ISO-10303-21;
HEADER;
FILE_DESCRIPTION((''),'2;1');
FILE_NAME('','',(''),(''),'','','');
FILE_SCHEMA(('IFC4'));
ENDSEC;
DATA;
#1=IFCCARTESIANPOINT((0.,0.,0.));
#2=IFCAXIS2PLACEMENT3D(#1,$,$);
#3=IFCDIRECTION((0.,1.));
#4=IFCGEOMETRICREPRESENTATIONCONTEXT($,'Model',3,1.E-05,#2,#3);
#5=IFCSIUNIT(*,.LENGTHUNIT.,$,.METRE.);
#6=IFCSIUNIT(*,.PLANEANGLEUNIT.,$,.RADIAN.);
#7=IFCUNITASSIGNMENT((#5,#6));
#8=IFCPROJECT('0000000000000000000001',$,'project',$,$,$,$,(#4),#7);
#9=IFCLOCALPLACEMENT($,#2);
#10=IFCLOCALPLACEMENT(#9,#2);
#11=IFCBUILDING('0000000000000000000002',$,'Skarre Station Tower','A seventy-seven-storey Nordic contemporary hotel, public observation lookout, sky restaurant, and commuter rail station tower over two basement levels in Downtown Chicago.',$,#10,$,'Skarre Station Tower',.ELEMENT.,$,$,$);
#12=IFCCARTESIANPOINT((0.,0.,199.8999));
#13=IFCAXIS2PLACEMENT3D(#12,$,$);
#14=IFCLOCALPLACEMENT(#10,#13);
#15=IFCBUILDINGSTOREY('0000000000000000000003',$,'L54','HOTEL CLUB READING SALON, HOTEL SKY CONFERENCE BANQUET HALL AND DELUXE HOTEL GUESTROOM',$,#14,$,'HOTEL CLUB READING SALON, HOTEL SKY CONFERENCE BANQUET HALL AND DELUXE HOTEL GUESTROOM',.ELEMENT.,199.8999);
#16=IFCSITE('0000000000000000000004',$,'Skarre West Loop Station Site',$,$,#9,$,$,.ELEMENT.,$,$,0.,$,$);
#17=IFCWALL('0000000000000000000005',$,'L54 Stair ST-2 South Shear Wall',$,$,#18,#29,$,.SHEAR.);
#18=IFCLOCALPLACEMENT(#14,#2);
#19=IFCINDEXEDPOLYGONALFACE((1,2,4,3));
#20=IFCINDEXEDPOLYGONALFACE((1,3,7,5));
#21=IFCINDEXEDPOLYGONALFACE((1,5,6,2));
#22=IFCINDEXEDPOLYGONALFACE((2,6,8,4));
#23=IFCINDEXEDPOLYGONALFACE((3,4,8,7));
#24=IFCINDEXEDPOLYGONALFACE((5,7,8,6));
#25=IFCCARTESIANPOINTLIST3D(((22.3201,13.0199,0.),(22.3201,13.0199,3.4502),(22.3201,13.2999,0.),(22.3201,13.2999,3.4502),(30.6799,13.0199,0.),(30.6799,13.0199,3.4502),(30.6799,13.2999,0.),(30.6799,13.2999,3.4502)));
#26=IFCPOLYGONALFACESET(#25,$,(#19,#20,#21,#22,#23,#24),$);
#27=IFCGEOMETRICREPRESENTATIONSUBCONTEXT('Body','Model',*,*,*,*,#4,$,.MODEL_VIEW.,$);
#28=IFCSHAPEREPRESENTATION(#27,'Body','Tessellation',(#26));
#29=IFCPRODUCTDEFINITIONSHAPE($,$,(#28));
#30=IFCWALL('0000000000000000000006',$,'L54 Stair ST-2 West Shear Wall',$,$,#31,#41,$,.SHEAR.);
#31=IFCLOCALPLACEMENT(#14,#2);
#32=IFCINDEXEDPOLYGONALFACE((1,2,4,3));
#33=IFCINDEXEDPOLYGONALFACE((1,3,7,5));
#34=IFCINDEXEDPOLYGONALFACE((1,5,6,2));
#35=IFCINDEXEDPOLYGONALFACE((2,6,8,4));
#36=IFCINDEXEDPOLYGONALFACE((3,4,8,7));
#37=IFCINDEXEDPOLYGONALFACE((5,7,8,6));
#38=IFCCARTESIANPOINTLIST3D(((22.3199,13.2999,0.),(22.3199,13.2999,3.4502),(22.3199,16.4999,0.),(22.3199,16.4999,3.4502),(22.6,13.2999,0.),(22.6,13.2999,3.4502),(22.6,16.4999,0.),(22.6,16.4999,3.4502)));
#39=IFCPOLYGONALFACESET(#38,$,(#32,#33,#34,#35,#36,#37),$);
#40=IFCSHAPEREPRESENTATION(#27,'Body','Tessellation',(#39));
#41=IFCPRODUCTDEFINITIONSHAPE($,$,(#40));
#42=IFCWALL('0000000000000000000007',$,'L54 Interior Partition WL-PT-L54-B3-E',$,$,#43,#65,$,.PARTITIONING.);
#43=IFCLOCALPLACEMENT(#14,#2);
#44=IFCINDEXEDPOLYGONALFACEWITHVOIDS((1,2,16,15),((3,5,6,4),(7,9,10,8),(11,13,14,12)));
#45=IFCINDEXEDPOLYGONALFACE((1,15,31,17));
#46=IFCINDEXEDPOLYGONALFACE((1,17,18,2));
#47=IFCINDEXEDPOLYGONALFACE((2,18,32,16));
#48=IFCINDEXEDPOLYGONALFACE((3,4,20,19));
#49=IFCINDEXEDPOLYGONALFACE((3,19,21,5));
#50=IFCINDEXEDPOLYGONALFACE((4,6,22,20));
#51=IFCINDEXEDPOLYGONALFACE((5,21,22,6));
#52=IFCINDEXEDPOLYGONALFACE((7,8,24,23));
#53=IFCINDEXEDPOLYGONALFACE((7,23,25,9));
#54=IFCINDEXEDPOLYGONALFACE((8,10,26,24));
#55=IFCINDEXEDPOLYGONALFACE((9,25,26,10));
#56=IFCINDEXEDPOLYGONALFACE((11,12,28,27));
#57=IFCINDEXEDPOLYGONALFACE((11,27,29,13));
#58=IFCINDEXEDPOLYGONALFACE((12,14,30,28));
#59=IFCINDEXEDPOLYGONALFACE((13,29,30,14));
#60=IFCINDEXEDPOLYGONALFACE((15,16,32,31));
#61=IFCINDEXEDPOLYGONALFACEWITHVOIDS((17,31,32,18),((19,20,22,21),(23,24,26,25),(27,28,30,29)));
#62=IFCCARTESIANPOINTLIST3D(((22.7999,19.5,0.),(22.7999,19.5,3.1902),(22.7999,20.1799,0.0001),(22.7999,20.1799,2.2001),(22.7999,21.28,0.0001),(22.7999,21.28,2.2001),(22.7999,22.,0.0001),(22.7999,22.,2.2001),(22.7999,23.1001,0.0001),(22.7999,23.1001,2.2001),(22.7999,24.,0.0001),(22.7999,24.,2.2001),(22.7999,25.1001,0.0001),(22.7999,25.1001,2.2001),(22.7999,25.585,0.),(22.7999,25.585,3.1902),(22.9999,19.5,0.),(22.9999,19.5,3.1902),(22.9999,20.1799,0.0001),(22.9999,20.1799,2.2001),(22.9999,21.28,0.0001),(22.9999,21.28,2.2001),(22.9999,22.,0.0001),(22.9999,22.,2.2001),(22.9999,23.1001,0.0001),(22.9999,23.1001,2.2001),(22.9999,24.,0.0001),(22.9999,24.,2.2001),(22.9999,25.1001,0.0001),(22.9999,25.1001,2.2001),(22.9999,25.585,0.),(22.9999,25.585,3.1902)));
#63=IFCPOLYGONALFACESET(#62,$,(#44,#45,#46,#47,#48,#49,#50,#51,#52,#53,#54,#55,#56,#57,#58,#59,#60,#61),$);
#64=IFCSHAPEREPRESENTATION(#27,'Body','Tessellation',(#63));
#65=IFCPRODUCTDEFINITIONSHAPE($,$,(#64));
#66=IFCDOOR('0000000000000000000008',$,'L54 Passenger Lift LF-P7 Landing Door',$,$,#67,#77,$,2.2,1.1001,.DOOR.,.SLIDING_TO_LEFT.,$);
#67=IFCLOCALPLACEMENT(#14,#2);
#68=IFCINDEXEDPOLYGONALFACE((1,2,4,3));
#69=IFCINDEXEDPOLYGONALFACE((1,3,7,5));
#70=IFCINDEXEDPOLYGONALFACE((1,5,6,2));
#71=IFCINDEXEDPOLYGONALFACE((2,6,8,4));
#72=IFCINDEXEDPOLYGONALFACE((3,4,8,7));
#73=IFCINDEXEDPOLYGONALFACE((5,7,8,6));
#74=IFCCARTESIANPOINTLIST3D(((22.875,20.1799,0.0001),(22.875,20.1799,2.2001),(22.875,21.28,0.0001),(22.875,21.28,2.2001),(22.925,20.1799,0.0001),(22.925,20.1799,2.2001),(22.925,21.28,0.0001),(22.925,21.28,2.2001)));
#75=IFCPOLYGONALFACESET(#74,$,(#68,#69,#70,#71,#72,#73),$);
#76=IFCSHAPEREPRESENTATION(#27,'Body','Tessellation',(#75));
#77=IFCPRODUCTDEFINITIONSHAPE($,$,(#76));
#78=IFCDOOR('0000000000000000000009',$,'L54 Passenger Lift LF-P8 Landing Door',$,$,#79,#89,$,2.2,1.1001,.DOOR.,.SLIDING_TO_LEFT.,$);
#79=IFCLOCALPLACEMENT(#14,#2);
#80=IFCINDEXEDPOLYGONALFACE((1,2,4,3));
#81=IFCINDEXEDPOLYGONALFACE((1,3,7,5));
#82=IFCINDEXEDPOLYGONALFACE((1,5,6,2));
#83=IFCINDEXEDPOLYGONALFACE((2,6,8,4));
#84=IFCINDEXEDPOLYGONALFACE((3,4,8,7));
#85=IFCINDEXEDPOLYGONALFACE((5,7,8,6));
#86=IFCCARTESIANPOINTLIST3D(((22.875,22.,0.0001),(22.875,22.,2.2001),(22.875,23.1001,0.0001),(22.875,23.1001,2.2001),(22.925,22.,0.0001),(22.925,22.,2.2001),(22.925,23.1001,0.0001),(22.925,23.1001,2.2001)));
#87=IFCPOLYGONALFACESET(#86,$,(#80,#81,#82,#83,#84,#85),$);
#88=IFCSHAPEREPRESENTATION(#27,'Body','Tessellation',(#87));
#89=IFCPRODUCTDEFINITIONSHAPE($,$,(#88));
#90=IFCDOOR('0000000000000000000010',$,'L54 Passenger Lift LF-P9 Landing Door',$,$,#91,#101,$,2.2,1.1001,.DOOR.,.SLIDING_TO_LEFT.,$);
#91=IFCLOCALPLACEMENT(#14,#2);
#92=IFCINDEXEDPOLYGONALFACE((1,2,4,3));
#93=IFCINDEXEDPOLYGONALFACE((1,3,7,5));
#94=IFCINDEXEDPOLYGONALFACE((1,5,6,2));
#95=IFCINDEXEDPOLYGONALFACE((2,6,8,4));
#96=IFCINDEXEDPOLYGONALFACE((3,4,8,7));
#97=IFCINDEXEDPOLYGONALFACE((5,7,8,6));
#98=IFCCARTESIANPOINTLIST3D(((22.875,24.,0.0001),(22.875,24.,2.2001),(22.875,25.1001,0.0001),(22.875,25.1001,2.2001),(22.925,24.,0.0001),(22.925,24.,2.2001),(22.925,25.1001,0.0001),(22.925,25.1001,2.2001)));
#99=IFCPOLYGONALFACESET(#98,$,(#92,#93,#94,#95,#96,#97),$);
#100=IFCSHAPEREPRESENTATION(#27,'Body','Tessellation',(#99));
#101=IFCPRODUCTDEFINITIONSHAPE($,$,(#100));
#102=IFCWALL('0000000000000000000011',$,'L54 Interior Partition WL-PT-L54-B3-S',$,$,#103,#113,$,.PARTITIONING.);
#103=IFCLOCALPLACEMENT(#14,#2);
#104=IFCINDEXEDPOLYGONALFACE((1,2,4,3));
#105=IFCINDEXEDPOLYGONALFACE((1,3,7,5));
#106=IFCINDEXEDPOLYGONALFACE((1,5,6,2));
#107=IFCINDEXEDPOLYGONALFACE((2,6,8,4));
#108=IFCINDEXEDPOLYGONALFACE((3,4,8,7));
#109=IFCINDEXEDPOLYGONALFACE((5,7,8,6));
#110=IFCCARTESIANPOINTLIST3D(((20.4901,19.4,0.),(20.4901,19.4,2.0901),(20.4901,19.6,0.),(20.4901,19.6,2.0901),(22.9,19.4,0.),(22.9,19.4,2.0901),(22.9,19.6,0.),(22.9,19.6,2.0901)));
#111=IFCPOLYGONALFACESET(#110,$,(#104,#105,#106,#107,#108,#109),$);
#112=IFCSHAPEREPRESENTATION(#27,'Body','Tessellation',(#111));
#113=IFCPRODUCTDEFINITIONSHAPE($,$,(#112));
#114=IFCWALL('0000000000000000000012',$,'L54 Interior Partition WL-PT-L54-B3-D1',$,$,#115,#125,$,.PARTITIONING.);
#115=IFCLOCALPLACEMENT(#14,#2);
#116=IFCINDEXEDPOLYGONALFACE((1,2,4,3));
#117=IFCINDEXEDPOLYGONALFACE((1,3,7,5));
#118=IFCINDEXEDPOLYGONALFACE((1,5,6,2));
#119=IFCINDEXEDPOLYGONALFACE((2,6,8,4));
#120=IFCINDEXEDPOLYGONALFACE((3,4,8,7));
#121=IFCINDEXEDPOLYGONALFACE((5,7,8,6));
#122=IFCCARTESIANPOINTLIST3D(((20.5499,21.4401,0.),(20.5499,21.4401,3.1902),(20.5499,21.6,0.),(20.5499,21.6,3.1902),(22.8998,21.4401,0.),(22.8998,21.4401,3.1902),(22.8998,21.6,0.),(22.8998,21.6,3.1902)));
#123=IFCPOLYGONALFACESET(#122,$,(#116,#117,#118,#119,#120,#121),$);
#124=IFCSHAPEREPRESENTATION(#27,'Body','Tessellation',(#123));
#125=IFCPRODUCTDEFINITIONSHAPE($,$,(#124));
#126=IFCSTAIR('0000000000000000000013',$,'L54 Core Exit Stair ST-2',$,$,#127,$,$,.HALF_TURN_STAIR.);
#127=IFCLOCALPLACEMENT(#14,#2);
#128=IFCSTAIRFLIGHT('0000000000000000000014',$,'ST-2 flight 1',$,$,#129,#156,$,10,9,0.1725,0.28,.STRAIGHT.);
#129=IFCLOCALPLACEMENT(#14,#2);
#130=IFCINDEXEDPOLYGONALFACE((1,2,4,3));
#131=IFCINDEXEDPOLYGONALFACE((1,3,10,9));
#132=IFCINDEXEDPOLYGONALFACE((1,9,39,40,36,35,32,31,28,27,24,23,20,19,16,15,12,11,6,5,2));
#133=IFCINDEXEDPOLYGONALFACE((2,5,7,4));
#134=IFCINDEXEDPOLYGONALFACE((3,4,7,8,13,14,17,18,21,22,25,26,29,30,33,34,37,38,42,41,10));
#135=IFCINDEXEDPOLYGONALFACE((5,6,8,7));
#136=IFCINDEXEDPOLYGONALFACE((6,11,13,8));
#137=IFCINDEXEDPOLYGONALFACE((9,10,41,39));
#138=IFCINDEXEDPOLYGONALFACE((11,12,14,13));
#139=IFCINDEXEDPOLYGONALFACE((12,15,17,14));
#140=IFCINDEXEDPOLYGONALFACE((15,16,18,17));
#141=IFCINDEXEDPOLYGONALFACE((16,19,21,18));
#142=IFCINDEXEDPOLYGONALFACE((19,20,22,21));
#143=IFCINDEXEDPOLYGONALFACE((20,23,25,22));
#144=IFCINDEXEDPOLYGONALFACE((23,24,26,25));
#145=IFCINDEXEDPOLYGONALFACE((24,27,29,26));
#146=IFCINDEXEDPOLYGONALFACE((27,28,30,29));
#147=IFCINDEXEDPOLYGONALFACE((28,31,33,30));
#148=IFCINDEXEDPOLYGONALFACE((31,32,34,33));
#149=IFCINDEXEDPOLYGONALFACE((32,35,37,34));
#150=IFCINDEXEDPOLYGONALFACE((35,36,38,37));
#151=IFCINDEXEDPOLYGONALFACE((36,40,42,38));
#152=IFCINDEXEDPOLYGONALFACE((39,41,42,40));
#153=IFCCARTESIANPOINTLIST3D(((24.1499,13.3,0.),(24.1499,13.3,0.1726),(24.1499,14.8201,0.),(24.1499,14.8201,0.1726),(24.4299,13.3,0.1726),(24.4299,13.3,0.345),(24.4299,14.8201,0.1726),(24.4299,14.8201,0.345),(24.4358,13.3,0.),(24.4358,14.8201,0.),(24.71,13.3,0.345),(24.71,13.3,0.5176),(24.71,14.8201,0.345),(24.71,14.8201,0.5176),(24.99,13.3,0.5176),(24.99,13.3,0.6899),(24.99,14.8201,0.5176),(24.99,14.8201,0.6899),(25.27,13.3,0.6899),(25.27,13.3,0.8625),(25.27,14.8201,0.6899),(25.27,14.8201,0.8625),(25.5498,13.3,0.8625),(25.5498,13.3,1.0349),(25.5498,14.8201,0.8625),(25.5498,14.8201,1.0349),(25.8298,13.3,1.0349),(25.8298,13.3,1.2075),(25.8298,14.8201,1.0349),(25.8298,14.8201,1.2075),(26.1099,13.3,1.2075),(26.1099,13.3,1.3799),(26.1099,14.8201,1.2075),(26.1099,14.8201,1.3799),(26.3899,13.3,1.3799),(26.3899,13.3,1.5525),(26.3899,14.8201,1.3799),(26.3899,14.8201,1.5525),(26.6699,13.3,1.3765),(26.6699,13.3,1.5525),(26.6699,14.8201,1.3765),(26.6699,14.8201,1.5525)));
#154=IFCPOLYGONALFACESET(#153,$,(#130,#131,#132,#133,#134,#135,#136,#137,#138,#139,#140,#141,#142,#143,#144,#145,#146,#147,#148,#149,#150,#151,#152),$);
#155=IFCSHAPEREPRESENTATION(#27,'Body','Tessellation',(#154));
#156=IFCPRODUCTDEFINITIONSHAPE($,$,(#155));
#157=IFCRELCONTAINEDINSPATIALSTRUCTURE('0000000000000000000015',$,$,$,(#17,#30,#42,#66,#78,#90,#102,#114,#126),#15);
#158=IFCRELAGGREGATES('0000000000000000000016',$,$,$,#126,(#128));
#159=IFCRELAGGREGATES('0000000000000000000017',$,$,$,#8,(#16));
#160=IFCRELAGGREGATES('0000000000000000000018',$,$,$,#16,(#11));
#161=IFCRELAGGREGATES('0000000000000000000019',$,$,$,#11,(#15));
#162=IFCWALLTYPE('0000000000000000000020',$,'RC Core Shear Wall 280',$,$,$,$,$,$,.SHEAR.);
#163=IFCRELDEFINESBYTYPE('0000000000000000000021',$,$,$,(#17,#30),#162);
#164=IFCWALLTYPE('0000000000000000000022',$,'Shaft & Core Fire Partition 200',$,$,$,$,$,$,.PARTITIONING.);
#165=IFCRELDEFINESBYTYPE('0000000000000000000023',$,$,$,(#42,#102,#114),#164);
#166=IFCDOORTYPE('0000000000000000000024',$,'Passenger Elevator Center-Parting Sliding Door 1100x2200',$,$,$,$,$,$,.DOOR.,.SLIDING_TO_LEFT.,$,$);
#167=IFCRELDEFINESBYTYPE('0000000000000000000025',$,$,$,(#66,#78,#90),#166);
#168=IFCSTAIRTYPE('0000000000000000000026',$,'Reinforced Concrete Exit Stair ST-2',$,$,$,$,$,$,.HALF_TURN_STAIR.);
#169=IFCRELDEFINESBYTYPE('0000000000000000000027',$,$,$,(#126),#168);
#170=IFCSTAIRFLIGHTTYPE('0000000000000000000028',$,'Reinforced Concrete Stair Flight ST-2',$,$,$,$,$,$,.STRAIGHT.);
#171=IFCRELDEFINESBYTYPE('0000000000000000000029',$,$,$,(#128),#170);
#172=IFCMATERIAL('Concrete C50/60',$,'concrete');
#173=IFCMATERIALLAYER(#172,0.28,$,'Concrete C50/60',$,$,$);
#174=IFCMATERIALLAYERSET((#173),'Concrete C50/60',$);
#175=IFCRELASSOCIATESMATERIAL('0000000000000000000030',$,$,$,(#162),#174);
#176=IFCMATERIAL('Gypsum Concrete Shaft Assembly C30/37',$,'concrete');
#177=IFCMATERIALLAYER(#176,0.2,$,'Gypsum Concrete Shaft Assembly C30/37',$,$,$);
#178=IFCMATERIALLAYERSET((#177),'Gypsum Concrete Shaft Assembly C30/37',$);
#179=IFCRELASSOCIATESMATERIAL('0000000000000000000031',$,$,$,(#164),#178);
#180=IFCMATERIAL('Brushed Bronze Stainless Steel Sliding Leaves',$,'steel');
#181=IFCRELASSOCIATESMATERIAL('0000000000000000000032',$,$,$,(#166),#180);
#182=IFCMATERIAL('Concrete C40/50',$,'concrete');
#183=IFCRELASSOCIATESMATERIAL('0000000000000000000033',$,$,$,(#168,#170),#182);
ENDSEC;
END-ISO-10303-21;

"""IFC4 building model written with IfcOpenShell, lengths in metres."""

from ifc_helpers import new_model, si_unit, direction, frame, frame_2d, origin, place, context, subcontext, project, spatial, polyline, rectangle, outline, extrude, material, layer, layer_set, type_object, element, fill, aggregate, save


model = new_model("IFC4")

# Units and contexts
model_context = context("Model", 3, precision=1e-05, world=origin(), true_north=direction((0.0, 1.0)))
body_context = subcontext(model_context, "Body", "Model", "MODEL_VIEW")
ifc_project = project(units=[si_unit("LENGTHUNIT", "METRE"), si_unit("PLANEANGLEUNIT", "RADIAN")], contexts=[model_context])

# Site, building, storey
site_placement = place(None, origin())
site = spatial("IfcSite", under=ifc_project, at=site_placement, Name="Skarre West Loop Station Site", CompositionType="ELEMENT", RefElevation=0.0)
building_placement = place(site_placement, origin())
building = spatial("IfcBuilding", under=site, at=building_placement, Name="Skarre Station Tower", Description="A seventy-seven-storey Nordic contemporary hotel, public observation lookout, sky restaurant, and commuter rail station tower over two basement levels in Downtown Chicago.", LongName="Skarre Station Tower", CompositionType="ELEMENT")
storey_placement = place(building_placement, frame((0.0, 0.0, 199.8999)))
storey = spatial("IfcBuildingStorey", under=building, at=storey_placement, Name="L54", Description="HOTEL CLUB READING SALON, HOTEL SKY CONFERENCE BANQUET HALL AND DELUXE HOTEL GUESTROOM", LongName="HOTEL CLUB READING SALON, HOTEL SKY CONFERENCE BANQUET HALL AND DELUXE HOTEL GUESTROOM", CompositionType="ELEMENT", Elevation=199.8999)

# Shared definitions
ifc_material_1 = material(Name="Concrete C50/60", Category="concrete")

# Shared definitions
ifc_layer_1 = layer(ifc_material_1, 0.28, Name="Concrete C50/60")
ifc_layer_set_1 = layer_set([ifc_layer_1], Name="Concrete C50/60")
wall_type_1 = type_object("IfcWallType", Name="RC Core Shear Wall 280", PredefinedType="SHEAR", material=ifc_layer_set_1)

# Walls
wall_1_placement = place(storey_placement, frame((22.3201, 13.1599, 0.0), z_axis=(0.0, 0.0, 1.0), x_axis=(1.0, 0.0, 0.0)))
element("IfcWall", 1, at=wall_1_placement, inside=storey, type_object=wall_type_1, Name="L54 Stair ST-2 South Shear Wall", PredefinedType="SHEAR", context=body_context, shape_type="SweptSolid", body=[
    extrude(rectangle(XDim=8.3599, YDim=0.28, at=frame_2d((4.1799, 0.0))), origin(), (0.0, 0.0, 1.0), 3.4502),
])
wall_2_placement = place(storey_placement, frame((22.46, 16.5, 0.0), z_axis=(0.0, 0.0, 1.0), x_axis=(0.0, -1.0, 0.0)))
element("IfcWall", 2, at=wall_2_placement, inside=storey, type_object=wall_type_1, Name="L54 Stair ST-2 West Shear Wall", PredefinedType="SHEAR", context=body_context, shape_type="SweptSolid", body=[
    extrude(rectangle(XDim=3.2, YDim=0.28, at=frame_2d((1.6001, 0.0))), origin(), (0.0, 0.0, 1.0), 3.4502),
])

# Wall, openings, doors
ifc_material_2 = material(Name="Gypsum Concrete Shaft Assembly C30/37", Category="concrete")
ifc_layer_2 = layer(ifc_material_2, 0.2, Name="Gypsum Concrete Shaft Assembly C30/37")
ifc_layer_set_2 = layer_set([ifc_layer_2], Name="Gypsum Concrete Shaft Assembly C30/37")
wall_type_2 = type_object("IfcWallType", Name="Shaft & Core Fire Partition 200", PredefinedType="PARTITIONING", material=ifc_layer_set_2)
wall_3_placement = place(storey_placement, frame((22.8999, 19.5, 0.0), z_axis=(0.0, 0.0, 1.0), x_axis=(0.0, 1.0, 0.0)))
wall_3 = element("IfcWall", 3, at=wall_3_placement, inside=storey, type_object=wall_type_2, Name="L54 Interior Partition WL-PT-L54-B3-E", PredefinedType="PARTITIONING", context=body_context, shape_type="SweptSolid", body=[
    extrude(rectangle(XDim=6.085, YDim=0.2, at=frame_2d((3.0425, 0.0))), origin(), (0.0, 0.0, 1.0), 3.1902),
])
opening_1_placement = place(wall_3_placement, frame((0.6799, 0.0, 0.0)))
opening_1 = element("IfcOpeningElement", 4, at=opening_1_placement, cuts=wall_3, PredefinedType="OPENING", context=body_context, shape_type="SweptSolid", body=[
    extrude(rectangle(XDim=1.1001, YDim=2.2, at=frame_2d((0.55, 1.1001))), frame((0.0, 0.1099, 0.0), z_axis=(0.0, -1.0, 0.0), x_axis=(1.0, 0.0, 0.0)), (0.0, 0.0, 1.0), 0.22),
])
opening_2_placement = place(wall_3_placement, frame((2.5, 0.0, 0.0)))
opening_2 = element("IfcOpeningElement", 5, at=opening_2_placement, cuts=wall_3, PredefinedType="OPENING", context=body_context, shape_type="SweptSolid", body=[
    extrude(rectangle(XDim=1.1001, YDim=2.2, at=frame_2d((0.55, 1.1001))), frame((0.0, 0.1099, 0.0), z_axis=(0.0, -1.0, 0.0), x_axis=(1.0, 0.0, 0.0)), (0.0, 0.0, 1.0), 0.22),
])
opening_3_placement = place(wall_3_placement, frame((4.5, 0.0, 0.0)))
opening_3 = element("IfcOpeningElement", 6, at=opening_3_placement, cuts=wall_3, PredefinedType="OPENING", context=body_context, shape_type="SweptSolid", body=[
    extrude(rectangle(XDim=1.1001, YDim=2.2, at=frame_2d((0.55, 1.1001))), frame((0.0, 0.1099, 0.0), z_axis=(0.0, -1.0, 0.0), x_axis=(1.0, 0.0, 0.0)), (0.0, 0.0, 1.0), 0.22),
])
ifc_material_3 = material(Name="Brushed Bronze Stainless Steel Sliding Leaves", Category="steel")
door_type_1 = type_object("IfcDoorType", Name="Passenger Elevator Center-Parting Sliding Door 1100x2200", OperationType="SLIDING_TO_LEFT", PredefinedType="DOOR", material=ifc_material_3)
door_1_placement = place(opening_1_placement, origin())
door_1 = element("IfcDoor", 7, at=door_1_placement, inside=storey, type_object=door_type_1, Name="L54 Passenger Lift LF-P7 Landing Door", OperationType="SLIDING_TO_LEFT", OverallHeight=2.2, OverallWidth=1.1001, PredefinedType="DOOR", context=body_context, shape_type="SweptSolid", body=[
    extrude(rectangle(XDim=1.1001, YDim=2.2, at=frame_2d((0.55, 1.1001))), frame((0.0, 0.0249, 0.0), z_axis=(0.0, -1.0, 0.0), x_axis=(1.0, 0.0, 0.0)), (0.0, 0.0, 1.0), 0.05),
])
fill(opening_1, door_1)
door_2_placement = place(opening_2_placement, origin())
door_2 = element("IfcDoor", 8, at=door_2_placement, inside=storey, type_object=door_type_1, Name="L54 Passenger Lift LF-P8 Landing Door", OperationType="SLIDING_TO_LEFT", OverallHeight=2.2, OverallWidth=1.1001, PredefinedType="DOOR", context=body_context, shape_type="SweptSolid", body=[
    extrude(rectangle(XDim=1.1001, YDim=2.2, at=frame_2d((0.55, 1.1001))), frame((0.0, 0.0249, 0.0), z_axis=(0.0, -1.0, 0.0), x_axis=(1.0, 0.0, 0.0)), (0.0, 0.0, 1.0), 0.05),
])
fill(opening_2, door_2)
door_3_placement = place(opening_3_placement, origin())
door_3 = element("IfcDoor", 9, at=door_3_placement, inside=storey, type_object=door_type_1, Name="L54 Passenger Lift LF-P9 Landing Door", OperationType="SLIDING_TO_LEFT", OverallHeight=2.2, OverallWidth=1.1001, PredefinedType="DOOR", context=body_context, shape_type="SweptSolid", body=[
    extrude(rectangle(XDim=1.1001, YDim=2.2, at=frame_2d((0.55, 1.1001))), frame((0.0, 0.0249, 0.0), z_axis=(0.0, -1.0, 0.0), x_axis=(1.0, 0.0, 0.0)), (0.0, 0.0, 1.0), 0.05),
])
fill(opening_3, door_3)

# Walls
wall_4_placement = place(storey_placement, frame((20.49, 19.5, 0.0), z_axis=(0.0, 0.0, 1.0), x_axis=(1.0, 0.0, 0.0)))
element("IfcWall", 10, at=wall_4_placement, inside=storey, type_object=wall_type_2, Name="L54 Interior Partition WL-PT-L54-B3-S", PredefinedType="PARTITIONING", context=body_context, shape_type="SweptSolid", body=[
    extrude(rectangle(XDim=2.4099, YDim=0.2, at=frame_2d((1.2051, 0.0))), origin(), (0.0, 0.0, 1.0), 2.0901),
])
wall_5_placement = place(storey_placement, frame((20.55, 21.52, 0.0), z_axis=(0.0, 0.0, 1.0), x_axis=(1.0, 0.0, 0.0)))
element("IfcWall", 11, at=wall_5_placement, inside=storey, type_object=wall_type_2, Name="L54 Interior Partition WL-PT-L54-B3-D1", PredefinedType="PARTITIONING", context=body_context, shape_type="SweptSolid", body=[
    extrude(rectangle(XDim=2.3499, YDim=0.1599, at=frame_2d((1.1748, 0.0))), origin(), (0.0, 0.0, 1.0), 3.1902),
])

# Stair, stair flight
ifc_material_4 = material(Name="Concrete C40/50", Category="concrete")
stair_type = type_object("IfcStairType", Name="Reinforced Concrete Exit Stair ST-2", PredefinedType="HALF_TURN_STAIR", material=ifc_material_4)
stair_placement = place(storey_placement, origin())
stair = element("IfcStair", 12, at=stair_placement, inside=storey, type_object=stair_type, Name="L54 Core Exit Stair ST-2", PredefinedType="HALF_TURN_STAIR")
stair_flight_type = type_object("IfcStairFlightType", Name="Reinforced Concrete Stair Flight ST-2", PredefinedType="STRAIGHT", material=ifc_material_4)
stair_flight_1_placement = place(storey_placement, frame((24.1499, 14.0601, 0.0), z_axis=(0.0, 0.0, 1.0), x_axis=(1.0, 0.0, 0.0)))
stair_flight_1 = element("IfcStairFlight", 13, at=stair_flight_1_placement, type_object=stair_flight_type, Name="ST-2 flight 1", NumberOfRisers=10, NumberOfTreads=9, PredefinedType="STRAIGHT", RiserHeight=0.1725, TreadLength=0.28, context=body_context, shape_type="SweptSolid", body=[
    extrude(outline(polyline([(0.0, 0.0), (0.0, 0.1726), (0.28, 0.1726), (0.28, 0.345), (0.5601, 0.345), (0.5601, 0.5176), (0.8401, 0.5176), (0.8401, 0.6899), (1.1201, 0.6899), (1.1201, 0.8625), (1.3999, 0.8625), (1.3999, 1.0349), (1.6799, 1.0349), (1.6799, 1.2075), (1.96, 1.2075), (1.96, 1.3799), (2.24, 1.3799), (2.24, 1.5525), (2.52, 1.5525), (2.52, 1.7251), (2.52, 1.3765), (0.2859, 0.0), (0.0, 0.0)])), frame((0.0, 0.76, 0.0), z_axis=(0.0, -1.0, 0.0), x_axis=(1.0, 0.0, 0.0)), (0.0, 0.0, 1.0), 1.52),
])
aggregate(stair, [stair_flight_1])

save(model, "model.ifc")
